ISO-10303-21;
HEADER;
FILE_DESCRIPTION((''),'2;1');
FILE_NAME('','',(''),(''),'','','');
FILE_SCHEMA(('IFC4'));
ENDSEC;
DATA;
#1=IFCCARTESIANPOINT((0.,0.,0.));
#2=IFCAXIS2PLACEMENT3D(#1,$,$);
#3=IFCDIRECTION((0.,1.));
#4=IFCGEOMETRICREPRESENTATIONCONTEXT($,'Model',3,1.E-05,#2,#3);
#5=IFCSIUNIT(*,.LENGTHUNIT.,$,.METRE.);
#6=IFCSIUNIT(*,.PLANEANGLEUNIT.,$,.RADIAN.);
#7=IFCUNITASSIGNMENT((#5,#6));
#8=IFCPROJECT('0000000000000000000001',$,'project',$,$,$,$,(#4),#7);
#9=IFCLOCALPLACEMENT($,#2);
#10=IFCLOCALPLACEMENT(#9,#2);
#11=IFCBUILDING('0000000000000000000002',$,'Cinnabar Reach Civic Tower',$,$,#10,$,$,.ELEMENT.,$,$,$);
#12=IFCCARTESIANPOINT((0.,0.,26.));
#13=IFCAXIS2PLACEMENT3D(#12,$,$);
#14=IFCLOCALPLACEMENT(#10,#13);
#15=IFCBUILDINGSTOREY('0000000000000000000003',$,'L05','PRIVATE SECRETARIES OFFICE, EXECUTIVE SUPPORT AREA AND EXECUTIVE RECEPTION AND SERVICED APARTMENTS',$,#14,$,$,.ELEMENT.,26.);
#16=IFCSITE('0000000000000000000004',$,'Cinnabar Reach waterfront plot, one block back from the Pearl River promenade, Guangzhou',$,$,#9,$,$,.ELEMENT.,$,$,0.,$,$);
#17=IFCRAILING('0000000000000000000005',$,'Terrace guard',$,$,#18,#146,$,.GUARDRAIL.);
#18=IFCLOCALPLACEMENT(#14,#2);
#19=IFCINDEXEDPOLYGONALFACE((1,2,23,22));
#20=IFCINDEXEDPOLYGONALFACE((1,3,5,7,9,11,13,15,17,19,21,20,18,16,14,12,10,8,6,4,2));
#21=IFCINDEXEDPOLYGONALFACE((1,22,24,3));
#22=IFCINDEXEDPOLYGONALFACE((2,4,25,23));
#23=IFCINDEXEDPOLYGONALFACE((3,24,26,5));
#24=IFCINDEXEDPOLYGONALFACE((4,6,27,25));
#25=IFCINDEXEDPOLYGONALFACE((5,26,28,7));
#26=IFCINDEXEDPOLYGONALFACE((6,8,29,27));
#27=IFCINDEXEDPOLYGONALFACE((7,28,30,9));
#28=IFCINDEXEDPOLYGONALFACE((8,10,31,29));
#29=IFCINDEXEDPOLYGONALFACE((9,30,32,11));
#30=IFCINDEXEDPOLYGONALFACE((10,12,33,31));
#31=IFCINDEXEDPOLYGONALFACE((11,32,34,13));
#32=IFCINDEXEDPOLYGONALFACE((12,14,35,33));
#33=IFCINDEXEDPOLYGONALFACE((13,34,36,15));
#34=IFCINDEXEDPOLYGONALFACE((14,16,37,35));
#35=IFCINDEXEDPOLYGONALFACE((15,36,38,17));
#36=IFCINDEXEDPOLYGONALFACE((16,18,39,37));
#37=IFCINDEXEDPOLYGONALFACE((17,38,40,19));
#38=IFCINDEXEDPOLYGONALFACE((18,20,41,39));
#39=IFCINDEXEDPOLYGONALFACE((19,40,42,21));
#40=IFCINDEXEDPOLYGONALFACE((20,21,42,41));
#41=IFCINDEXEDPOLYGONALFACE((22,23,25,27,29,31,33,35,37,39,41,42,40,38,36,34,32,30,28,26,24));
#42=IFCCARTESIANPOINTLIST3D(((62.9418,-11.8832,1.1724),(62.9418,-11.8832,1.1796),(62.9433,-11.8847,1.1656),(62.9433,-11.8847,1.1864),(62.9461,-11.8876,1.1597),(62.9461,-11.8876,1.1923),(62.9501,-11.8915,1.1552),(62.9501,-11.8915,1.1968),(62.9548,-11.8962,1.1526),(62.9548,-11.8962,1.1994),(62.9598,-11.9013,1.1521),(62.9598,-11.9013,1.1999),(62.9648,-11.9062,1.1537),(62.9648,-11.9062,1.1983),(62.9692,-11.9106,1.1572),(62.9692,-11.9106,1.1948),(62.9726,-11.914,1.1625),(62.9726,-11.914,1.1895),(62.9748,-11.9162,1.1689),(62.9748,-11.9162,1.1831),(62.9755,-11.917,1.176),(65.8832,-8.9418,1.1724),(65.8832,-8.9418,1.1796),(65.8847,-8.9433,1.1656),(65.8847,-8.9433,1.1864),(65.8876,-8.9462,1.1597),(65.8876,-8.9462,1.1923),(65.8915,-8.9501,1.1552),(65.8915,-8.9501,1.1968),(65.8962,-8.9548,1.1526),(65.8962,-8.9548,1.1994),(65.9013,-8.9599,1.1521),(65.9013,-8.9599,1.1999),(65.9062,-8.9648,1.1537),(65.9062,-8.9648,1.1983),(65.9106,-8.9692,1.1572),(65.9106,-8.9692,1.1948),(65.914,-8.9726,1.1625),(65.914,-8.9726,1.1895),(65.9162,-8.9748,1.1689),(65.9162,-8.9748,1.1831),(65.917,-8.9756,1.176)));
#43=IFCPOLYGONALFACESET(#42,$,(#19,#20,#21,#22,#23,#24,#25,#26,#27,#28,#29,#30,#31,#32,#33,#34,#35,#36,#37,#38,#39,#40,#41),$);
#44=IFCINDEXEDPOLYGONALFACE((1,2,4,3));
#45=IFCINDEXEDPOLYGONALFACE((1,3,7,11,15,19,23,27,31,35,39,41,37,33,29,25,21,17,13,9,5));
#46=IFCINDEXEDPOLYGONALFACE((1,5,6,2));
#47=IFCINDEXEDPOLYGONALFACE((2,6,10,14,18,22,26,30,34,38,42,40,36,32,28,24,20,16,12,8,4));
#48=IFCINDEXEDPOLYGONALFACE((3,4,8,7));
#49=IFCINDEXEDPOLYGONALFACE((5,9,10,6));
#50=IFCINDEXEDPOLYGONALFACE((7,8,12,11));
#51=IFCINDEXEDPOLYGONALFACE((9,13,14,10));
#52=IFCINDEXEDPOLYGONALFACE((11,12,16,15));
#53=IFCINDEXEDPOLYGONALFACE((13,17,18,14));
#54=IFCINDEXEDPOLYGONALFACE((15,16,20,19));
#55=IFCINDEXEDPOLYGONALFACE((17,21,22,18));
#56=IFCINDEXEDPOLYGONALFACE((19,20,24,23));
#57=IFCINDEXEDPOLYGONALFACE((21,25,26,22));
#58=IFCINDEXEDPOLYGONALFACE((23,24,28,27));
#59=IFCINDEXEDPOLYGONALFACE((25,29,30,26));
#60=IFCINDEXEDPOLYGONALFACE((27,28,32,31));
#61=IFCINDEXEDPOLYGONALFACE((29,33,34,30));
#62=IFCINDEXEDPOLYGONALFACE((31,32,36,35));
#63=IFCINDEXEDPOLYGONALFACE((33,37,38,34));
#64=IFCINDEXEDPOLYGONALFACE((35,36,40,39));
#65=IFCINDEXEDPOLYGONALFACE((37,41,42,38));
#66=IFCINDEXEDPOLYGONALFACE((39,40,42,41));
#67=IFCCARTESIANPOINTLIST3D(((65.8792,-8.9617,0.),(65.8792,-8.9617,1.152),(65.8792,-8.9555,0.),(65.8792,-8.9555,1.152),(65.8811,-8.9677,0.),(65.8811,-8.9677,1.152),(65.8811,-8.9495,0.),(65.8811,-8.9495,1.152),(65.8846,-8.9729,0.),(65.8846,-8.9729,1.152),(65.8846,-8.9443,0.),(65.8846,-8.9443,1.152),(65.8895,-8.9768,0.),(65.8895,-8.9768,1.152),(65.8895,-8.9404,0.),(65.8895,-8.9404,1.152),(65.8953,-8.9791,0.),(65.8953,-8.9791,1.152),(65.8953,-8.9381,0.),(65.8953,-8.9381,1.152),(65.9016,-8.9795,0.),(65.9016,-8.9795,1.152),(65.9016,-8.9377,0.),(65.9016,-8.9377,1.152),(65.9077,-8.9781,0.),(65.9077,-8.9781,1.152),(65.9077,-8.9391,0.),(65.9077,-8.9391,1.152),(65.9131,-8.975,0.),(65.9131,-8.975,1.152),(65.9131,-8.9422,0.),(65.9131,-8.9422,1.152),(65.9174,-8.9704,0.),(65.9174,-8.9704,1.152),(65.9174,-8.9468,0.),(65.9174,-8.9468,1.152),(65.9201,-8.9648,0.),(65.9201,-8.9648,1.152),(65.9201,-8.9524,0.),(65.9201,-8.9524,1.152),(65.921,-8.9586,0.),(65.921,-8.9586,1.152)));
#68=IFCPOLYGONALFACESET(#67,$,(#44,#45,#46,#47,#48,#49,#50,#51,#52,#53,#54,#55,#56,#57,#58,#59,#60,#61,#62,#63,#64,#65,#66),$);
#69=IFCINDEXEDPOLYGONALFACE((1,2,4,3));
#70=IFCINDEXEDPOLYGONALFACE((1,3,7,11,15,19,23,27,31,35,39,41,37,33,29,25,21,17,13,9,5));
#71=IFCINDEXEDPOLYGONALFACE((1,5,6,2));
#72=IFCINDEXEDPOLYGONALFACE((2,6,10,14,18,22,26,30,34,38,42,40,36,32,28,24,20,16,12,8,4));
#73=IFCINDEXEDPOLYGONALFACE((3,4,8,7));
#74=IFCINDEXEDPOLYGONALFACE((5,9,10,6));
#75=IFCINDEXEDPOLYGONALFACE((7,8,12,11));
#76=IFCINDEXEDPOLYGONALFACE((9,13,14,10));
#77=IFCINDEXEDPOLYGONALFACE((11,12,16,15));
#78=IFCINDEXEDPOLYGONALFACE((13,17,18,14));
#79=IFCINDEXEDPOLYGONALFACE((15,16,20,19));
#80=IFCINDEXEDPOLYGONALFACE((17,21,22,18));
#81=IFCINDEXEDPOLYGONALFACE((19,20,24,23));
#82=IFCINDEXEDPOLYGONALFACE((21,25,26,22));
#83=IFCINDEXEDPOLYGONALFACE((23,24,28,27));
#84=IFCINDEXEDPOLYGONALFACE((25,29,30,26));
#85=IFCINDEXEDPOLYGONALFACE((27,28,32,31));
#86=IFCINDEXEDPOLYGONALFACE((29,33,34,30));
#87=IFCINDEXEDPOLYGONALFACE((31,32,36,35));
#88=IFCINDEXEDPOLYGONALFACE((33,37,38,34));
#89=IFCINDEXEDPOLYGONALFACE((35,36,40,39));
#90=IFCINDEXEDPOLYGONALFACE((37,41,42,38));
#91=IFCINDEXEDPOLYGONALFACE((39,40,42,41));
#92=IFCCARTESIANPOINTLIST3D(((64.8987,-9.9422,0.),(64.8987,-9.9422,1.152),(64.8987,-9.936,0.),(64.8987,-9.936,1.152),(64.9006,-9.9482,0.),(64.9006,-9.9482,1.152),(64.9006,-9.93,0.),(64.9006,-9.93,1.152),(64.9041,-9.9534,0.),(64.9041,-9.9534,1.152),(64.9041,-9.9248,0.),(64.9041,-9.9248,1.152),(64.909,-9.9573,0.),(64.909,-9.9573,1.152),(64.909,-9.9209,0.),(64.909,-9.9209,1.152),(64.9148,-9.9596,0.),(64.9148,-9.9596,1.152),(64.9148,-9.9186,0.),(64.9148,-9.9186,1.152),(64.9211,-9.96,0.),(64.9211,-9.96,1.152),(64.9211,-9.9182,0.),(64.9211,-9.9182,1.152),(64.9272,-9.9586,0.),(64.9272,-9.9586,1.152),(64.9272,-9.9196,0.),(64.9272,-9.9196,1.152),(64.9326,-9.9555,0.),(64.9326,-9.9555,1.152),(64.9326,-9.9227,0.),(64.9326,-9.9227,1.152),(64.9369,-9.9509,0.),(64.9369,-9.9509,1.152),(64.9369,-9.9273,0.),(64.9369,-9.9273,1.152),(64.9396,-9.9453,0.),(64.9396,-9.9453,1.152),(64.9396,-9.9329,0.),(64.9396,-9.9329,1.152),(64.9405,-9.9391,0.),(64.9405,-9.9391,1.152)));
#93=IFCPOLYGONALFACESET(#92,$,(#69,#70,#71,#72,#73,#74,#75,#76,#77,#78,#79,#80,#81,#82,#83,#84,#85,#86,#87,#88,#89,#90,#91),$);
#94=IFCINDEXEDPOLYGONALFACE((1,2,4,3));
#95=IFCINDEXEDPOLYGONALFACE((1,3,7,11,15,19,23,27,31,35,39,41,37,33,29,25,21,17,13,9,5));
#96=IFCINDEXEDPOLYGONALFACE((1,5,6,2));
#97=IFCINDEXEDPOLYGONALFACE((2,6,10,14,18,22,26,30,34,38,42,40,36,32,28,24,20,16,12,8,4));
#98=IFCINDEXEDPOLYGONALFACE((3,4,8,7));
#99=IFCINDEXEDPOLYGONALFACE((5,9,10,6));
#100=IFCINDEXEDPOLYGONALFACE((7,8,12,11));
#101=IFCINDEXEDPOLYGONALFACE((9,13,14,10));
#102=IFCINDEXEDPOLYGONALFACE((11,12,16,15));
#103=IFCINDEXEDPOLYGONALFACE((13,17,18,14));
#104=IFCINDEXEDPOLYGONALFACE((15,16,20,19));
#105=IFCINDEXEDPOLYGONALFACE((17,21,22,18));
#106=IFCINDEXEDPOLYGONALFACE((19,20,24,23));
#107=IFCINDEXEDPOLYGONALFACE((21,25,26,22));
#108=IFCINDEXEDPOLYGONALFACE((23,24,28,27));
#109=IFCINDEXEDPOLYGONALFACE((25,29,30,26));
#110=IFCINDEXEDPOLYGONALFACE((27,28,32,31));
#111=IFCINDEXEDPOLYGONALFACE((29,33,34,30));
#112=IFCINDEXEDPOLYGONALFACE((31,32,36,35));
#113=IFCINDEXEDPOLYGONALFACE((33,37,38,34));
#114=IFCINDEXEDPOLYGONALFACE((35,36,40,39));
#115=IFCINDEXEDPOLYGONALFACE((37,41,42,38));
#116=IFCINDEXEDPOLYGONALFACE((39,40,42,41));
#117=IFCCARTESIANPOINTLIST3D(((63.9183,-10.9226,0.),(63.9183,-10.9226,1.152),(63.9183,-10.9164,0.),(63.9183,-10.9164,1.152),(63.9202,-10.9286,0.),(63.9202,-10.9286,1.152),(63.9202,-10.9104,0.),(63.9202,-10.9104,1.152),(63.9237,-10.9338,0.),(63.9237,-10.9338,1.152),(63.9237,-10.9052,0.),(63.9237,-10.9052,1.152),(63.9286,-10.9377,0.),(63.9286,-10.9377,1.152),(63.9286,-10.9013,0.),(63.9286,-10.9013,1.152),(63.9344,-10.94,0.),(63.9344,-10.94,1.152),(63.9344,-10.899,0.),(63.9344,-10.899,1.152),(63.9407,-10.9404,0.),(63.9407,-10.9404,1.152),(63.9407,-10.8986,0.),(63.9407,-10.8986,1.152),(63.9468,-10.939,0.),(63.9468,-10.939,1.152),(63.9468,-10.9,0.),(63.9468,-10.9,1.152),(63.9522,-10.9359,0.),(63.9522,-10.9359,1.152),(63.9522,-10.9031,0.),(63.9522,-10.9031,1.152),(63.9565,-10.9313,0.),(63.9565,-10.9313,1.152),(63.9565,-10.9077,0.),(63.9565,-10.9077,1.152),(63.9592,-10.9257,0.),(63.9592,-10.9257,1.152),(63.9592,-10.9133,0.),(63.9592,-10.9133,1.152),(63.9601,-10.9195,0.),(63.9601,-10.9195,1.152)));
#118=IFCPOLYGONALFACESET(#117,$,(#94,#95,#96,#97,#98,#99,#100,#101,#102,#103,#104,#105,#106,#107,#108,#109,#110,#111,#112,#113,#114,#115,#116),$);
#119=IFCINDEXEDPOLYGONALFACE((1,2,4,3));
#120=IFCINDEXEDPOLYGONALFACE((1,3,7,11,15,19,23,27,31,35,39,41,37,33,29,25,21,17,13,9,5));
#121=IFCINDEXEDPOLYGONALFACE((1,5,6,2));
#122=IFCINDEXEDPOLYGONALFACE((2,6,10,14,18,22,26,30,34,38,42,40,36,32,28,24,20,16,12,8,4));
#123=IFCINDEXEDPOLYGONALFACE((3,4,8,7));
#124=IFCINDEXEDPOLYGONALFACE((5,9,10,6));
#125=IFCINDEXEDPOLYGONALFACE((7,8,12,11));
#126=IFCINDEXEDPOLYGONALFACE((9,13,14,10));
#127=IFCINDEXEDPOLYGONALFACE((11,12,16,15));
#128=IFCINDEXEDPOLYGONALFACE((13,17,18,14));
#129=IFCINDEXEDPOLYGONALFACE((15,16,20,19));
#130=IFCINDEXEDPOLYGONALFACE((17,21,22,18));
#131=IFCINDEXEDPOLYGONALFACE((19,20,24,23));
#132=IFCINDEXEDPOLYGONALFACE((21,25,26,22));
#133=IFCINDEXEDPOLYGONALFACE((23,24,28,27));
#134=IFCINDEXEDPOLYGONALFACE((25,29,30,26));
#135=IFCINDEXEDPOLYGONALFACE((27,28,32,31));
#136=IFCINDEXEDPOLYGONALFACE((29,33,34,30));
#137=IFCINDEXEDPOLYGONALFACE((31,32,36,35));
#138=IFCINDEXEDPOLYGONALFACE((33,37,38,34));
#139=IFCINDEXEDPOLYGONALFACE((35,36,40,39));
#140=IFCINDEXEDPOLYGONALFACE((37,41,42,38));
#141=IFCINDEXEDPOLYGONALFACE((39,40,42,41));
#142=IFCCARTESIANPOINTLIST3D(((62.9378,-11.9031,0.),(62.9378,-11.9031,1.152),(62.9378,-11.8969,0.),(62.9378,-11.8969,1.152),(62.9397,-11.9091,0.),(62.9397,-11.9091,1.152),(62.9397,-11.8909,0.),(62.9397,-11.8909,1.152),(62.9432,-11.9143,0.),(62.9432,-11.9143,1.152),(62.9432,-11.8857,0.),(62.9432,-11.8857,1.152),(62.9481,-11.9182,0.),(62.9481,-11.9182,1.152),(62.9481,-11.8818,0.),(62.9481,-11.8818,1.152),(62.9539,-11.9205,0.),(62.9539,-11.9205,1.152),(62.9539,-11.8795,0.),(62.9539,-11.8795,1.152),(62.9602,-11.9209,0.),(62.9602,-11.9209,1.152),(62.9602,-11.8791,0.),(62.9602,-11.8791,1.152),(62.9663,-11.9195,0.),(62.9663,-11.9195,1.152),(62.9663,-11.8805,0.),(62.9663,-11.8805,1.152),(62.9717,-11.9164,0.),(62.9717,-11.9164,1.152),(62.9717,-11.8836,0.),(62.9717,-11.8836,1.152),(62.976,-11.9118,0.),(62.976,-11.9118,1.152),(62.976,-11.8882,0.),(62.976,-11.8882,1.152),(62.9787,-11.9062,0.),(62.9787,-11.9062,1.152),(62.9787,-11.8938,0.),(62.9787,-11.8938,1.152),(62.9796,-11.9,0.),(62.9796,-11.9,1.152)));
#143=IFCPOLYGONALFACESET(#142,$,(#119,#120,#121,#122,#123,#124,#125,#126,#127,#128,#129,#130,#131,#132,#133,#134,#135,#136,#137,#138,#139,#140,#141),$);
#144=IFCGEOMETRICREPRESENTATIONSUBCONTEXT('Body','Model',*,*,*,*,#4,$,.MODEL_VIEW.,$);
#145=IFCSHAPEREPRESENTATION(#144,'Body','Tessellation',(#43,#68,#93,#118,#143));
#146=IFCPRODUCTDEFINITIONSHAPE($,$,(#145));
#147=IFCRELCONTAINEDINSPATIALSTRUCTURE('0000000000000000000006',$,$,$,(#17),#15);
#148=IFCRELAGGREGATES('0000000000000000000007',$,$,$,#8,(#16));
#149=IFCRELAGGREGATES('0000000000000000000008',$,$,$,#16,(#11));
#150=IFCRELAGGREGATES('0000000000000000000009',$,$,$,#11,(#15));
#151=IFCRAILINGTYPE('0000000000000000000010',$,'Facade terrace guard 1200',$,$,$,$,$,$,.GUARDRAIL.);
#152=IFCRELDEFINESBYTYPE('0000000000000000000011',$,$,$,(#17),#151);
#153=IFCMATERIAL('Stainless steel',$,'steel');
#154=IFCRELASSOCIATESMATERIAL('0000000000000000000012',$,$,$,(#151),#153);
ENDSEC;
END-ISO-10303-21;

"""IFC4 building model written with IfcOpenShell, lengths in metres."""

from ifc_helpers import new_model, si_unit, direction, frame, origin, origin_2d, place, context, subcontext, project, spatial, circle, extrude, material, type_object, element, save


model = new_model("IFC4")

# Units and contexts
model_context = context("Model", 3, precision=1e-05, world=origin(), true_north=direction((0.0, 1.0)))
body_context = subcontext(model_context, "Body", "Model", "MODEL_VIEW")
ifc_project = project(units=[si_unit("LENGTHUNIT", "METRE"), si_unit("PLANEANGLEUNIT", "RADIAN")], contexts=[model_context])

# Site, building, storey
site_placement = place(None, origin())
site = spatial("IfcSite", under=ifc_project, at=site_placement, Name="Cinnabar Reach waterfront plot, one block back from the Pearl River promenade, Guangzhou", CompositionType="ELEMENT", RefElevation=0.0)
building_placement = place(site_placement, origin())
building = spatial("IfcBuilding", under=site, at=building_placement, Name="Cinnabar Reach Civic Tower", CompositionType="ELEMENT")
storey_placement = place(building_placement, frame((0.0, 0.0, 26.0)))
storey = spatial("IfcBuildingStorey", under=building, at=storey_placement, Name="L05", Description="PRIVATE SECRETARIES OFFICE, EXECUTIVE SUPPORT AREA AND EXECUTIVE RECEPTION AND SERVICED APARTMENTS", CompositionType="ELEMENT", Elevation=26.0)

# Railing
ifc_material_1 = material(Name="Stainless steel", Category="steel")
railing_type = type_object("IfcRailingType", Name="Facade terrace guard 1200", PredefinedType="GUARDRAIL", material=ifc_material_1)
railing_1_placement = place(storey_placement, frame((65.9, -8.9586, 0.0)))
element("IfcRailing", 1, at=railing_1_placement, inside=storey, type_object=railing_type, Name="Terrace guard", PredefinedType="GUARDRAIL", context=body_context, shape_type="SweptSolid", body=[
    extrude(circle(Radius=0.024, at=origin_2d()), frame((0.0, 0.0, 1.176), z_axis=(-0.707107, -0.707107, 0.0), x_axis=(0.707107, -0.707107, 0.0)), (0.0, 0.0, 1.0), 4.1598),
    extrude(circle(Radius=0.021, at=origin_2d()), origin(), (0.0, 0.0, 1.0), 1.152),
    extrude(circle(Radius=0.021, at=origin_2d()), frame((-0.9805, -0.9805, 0.0)), (0.0, 0.0, 1.0), 1.152),
    extrude(circle(Radius=0.021, at=origin_2d()), frame((-1.9609, -1.9609, 0.0)), (0.0, 0.0, 1.0), 1.152),
    extrude(circle(Radius=0.021, at=origin_2d()), frame((-2.9414, -2.9414, 0.0)), (0.0, 0.0, 1.0), 1.152),
])

save(model, "model.ifc")
